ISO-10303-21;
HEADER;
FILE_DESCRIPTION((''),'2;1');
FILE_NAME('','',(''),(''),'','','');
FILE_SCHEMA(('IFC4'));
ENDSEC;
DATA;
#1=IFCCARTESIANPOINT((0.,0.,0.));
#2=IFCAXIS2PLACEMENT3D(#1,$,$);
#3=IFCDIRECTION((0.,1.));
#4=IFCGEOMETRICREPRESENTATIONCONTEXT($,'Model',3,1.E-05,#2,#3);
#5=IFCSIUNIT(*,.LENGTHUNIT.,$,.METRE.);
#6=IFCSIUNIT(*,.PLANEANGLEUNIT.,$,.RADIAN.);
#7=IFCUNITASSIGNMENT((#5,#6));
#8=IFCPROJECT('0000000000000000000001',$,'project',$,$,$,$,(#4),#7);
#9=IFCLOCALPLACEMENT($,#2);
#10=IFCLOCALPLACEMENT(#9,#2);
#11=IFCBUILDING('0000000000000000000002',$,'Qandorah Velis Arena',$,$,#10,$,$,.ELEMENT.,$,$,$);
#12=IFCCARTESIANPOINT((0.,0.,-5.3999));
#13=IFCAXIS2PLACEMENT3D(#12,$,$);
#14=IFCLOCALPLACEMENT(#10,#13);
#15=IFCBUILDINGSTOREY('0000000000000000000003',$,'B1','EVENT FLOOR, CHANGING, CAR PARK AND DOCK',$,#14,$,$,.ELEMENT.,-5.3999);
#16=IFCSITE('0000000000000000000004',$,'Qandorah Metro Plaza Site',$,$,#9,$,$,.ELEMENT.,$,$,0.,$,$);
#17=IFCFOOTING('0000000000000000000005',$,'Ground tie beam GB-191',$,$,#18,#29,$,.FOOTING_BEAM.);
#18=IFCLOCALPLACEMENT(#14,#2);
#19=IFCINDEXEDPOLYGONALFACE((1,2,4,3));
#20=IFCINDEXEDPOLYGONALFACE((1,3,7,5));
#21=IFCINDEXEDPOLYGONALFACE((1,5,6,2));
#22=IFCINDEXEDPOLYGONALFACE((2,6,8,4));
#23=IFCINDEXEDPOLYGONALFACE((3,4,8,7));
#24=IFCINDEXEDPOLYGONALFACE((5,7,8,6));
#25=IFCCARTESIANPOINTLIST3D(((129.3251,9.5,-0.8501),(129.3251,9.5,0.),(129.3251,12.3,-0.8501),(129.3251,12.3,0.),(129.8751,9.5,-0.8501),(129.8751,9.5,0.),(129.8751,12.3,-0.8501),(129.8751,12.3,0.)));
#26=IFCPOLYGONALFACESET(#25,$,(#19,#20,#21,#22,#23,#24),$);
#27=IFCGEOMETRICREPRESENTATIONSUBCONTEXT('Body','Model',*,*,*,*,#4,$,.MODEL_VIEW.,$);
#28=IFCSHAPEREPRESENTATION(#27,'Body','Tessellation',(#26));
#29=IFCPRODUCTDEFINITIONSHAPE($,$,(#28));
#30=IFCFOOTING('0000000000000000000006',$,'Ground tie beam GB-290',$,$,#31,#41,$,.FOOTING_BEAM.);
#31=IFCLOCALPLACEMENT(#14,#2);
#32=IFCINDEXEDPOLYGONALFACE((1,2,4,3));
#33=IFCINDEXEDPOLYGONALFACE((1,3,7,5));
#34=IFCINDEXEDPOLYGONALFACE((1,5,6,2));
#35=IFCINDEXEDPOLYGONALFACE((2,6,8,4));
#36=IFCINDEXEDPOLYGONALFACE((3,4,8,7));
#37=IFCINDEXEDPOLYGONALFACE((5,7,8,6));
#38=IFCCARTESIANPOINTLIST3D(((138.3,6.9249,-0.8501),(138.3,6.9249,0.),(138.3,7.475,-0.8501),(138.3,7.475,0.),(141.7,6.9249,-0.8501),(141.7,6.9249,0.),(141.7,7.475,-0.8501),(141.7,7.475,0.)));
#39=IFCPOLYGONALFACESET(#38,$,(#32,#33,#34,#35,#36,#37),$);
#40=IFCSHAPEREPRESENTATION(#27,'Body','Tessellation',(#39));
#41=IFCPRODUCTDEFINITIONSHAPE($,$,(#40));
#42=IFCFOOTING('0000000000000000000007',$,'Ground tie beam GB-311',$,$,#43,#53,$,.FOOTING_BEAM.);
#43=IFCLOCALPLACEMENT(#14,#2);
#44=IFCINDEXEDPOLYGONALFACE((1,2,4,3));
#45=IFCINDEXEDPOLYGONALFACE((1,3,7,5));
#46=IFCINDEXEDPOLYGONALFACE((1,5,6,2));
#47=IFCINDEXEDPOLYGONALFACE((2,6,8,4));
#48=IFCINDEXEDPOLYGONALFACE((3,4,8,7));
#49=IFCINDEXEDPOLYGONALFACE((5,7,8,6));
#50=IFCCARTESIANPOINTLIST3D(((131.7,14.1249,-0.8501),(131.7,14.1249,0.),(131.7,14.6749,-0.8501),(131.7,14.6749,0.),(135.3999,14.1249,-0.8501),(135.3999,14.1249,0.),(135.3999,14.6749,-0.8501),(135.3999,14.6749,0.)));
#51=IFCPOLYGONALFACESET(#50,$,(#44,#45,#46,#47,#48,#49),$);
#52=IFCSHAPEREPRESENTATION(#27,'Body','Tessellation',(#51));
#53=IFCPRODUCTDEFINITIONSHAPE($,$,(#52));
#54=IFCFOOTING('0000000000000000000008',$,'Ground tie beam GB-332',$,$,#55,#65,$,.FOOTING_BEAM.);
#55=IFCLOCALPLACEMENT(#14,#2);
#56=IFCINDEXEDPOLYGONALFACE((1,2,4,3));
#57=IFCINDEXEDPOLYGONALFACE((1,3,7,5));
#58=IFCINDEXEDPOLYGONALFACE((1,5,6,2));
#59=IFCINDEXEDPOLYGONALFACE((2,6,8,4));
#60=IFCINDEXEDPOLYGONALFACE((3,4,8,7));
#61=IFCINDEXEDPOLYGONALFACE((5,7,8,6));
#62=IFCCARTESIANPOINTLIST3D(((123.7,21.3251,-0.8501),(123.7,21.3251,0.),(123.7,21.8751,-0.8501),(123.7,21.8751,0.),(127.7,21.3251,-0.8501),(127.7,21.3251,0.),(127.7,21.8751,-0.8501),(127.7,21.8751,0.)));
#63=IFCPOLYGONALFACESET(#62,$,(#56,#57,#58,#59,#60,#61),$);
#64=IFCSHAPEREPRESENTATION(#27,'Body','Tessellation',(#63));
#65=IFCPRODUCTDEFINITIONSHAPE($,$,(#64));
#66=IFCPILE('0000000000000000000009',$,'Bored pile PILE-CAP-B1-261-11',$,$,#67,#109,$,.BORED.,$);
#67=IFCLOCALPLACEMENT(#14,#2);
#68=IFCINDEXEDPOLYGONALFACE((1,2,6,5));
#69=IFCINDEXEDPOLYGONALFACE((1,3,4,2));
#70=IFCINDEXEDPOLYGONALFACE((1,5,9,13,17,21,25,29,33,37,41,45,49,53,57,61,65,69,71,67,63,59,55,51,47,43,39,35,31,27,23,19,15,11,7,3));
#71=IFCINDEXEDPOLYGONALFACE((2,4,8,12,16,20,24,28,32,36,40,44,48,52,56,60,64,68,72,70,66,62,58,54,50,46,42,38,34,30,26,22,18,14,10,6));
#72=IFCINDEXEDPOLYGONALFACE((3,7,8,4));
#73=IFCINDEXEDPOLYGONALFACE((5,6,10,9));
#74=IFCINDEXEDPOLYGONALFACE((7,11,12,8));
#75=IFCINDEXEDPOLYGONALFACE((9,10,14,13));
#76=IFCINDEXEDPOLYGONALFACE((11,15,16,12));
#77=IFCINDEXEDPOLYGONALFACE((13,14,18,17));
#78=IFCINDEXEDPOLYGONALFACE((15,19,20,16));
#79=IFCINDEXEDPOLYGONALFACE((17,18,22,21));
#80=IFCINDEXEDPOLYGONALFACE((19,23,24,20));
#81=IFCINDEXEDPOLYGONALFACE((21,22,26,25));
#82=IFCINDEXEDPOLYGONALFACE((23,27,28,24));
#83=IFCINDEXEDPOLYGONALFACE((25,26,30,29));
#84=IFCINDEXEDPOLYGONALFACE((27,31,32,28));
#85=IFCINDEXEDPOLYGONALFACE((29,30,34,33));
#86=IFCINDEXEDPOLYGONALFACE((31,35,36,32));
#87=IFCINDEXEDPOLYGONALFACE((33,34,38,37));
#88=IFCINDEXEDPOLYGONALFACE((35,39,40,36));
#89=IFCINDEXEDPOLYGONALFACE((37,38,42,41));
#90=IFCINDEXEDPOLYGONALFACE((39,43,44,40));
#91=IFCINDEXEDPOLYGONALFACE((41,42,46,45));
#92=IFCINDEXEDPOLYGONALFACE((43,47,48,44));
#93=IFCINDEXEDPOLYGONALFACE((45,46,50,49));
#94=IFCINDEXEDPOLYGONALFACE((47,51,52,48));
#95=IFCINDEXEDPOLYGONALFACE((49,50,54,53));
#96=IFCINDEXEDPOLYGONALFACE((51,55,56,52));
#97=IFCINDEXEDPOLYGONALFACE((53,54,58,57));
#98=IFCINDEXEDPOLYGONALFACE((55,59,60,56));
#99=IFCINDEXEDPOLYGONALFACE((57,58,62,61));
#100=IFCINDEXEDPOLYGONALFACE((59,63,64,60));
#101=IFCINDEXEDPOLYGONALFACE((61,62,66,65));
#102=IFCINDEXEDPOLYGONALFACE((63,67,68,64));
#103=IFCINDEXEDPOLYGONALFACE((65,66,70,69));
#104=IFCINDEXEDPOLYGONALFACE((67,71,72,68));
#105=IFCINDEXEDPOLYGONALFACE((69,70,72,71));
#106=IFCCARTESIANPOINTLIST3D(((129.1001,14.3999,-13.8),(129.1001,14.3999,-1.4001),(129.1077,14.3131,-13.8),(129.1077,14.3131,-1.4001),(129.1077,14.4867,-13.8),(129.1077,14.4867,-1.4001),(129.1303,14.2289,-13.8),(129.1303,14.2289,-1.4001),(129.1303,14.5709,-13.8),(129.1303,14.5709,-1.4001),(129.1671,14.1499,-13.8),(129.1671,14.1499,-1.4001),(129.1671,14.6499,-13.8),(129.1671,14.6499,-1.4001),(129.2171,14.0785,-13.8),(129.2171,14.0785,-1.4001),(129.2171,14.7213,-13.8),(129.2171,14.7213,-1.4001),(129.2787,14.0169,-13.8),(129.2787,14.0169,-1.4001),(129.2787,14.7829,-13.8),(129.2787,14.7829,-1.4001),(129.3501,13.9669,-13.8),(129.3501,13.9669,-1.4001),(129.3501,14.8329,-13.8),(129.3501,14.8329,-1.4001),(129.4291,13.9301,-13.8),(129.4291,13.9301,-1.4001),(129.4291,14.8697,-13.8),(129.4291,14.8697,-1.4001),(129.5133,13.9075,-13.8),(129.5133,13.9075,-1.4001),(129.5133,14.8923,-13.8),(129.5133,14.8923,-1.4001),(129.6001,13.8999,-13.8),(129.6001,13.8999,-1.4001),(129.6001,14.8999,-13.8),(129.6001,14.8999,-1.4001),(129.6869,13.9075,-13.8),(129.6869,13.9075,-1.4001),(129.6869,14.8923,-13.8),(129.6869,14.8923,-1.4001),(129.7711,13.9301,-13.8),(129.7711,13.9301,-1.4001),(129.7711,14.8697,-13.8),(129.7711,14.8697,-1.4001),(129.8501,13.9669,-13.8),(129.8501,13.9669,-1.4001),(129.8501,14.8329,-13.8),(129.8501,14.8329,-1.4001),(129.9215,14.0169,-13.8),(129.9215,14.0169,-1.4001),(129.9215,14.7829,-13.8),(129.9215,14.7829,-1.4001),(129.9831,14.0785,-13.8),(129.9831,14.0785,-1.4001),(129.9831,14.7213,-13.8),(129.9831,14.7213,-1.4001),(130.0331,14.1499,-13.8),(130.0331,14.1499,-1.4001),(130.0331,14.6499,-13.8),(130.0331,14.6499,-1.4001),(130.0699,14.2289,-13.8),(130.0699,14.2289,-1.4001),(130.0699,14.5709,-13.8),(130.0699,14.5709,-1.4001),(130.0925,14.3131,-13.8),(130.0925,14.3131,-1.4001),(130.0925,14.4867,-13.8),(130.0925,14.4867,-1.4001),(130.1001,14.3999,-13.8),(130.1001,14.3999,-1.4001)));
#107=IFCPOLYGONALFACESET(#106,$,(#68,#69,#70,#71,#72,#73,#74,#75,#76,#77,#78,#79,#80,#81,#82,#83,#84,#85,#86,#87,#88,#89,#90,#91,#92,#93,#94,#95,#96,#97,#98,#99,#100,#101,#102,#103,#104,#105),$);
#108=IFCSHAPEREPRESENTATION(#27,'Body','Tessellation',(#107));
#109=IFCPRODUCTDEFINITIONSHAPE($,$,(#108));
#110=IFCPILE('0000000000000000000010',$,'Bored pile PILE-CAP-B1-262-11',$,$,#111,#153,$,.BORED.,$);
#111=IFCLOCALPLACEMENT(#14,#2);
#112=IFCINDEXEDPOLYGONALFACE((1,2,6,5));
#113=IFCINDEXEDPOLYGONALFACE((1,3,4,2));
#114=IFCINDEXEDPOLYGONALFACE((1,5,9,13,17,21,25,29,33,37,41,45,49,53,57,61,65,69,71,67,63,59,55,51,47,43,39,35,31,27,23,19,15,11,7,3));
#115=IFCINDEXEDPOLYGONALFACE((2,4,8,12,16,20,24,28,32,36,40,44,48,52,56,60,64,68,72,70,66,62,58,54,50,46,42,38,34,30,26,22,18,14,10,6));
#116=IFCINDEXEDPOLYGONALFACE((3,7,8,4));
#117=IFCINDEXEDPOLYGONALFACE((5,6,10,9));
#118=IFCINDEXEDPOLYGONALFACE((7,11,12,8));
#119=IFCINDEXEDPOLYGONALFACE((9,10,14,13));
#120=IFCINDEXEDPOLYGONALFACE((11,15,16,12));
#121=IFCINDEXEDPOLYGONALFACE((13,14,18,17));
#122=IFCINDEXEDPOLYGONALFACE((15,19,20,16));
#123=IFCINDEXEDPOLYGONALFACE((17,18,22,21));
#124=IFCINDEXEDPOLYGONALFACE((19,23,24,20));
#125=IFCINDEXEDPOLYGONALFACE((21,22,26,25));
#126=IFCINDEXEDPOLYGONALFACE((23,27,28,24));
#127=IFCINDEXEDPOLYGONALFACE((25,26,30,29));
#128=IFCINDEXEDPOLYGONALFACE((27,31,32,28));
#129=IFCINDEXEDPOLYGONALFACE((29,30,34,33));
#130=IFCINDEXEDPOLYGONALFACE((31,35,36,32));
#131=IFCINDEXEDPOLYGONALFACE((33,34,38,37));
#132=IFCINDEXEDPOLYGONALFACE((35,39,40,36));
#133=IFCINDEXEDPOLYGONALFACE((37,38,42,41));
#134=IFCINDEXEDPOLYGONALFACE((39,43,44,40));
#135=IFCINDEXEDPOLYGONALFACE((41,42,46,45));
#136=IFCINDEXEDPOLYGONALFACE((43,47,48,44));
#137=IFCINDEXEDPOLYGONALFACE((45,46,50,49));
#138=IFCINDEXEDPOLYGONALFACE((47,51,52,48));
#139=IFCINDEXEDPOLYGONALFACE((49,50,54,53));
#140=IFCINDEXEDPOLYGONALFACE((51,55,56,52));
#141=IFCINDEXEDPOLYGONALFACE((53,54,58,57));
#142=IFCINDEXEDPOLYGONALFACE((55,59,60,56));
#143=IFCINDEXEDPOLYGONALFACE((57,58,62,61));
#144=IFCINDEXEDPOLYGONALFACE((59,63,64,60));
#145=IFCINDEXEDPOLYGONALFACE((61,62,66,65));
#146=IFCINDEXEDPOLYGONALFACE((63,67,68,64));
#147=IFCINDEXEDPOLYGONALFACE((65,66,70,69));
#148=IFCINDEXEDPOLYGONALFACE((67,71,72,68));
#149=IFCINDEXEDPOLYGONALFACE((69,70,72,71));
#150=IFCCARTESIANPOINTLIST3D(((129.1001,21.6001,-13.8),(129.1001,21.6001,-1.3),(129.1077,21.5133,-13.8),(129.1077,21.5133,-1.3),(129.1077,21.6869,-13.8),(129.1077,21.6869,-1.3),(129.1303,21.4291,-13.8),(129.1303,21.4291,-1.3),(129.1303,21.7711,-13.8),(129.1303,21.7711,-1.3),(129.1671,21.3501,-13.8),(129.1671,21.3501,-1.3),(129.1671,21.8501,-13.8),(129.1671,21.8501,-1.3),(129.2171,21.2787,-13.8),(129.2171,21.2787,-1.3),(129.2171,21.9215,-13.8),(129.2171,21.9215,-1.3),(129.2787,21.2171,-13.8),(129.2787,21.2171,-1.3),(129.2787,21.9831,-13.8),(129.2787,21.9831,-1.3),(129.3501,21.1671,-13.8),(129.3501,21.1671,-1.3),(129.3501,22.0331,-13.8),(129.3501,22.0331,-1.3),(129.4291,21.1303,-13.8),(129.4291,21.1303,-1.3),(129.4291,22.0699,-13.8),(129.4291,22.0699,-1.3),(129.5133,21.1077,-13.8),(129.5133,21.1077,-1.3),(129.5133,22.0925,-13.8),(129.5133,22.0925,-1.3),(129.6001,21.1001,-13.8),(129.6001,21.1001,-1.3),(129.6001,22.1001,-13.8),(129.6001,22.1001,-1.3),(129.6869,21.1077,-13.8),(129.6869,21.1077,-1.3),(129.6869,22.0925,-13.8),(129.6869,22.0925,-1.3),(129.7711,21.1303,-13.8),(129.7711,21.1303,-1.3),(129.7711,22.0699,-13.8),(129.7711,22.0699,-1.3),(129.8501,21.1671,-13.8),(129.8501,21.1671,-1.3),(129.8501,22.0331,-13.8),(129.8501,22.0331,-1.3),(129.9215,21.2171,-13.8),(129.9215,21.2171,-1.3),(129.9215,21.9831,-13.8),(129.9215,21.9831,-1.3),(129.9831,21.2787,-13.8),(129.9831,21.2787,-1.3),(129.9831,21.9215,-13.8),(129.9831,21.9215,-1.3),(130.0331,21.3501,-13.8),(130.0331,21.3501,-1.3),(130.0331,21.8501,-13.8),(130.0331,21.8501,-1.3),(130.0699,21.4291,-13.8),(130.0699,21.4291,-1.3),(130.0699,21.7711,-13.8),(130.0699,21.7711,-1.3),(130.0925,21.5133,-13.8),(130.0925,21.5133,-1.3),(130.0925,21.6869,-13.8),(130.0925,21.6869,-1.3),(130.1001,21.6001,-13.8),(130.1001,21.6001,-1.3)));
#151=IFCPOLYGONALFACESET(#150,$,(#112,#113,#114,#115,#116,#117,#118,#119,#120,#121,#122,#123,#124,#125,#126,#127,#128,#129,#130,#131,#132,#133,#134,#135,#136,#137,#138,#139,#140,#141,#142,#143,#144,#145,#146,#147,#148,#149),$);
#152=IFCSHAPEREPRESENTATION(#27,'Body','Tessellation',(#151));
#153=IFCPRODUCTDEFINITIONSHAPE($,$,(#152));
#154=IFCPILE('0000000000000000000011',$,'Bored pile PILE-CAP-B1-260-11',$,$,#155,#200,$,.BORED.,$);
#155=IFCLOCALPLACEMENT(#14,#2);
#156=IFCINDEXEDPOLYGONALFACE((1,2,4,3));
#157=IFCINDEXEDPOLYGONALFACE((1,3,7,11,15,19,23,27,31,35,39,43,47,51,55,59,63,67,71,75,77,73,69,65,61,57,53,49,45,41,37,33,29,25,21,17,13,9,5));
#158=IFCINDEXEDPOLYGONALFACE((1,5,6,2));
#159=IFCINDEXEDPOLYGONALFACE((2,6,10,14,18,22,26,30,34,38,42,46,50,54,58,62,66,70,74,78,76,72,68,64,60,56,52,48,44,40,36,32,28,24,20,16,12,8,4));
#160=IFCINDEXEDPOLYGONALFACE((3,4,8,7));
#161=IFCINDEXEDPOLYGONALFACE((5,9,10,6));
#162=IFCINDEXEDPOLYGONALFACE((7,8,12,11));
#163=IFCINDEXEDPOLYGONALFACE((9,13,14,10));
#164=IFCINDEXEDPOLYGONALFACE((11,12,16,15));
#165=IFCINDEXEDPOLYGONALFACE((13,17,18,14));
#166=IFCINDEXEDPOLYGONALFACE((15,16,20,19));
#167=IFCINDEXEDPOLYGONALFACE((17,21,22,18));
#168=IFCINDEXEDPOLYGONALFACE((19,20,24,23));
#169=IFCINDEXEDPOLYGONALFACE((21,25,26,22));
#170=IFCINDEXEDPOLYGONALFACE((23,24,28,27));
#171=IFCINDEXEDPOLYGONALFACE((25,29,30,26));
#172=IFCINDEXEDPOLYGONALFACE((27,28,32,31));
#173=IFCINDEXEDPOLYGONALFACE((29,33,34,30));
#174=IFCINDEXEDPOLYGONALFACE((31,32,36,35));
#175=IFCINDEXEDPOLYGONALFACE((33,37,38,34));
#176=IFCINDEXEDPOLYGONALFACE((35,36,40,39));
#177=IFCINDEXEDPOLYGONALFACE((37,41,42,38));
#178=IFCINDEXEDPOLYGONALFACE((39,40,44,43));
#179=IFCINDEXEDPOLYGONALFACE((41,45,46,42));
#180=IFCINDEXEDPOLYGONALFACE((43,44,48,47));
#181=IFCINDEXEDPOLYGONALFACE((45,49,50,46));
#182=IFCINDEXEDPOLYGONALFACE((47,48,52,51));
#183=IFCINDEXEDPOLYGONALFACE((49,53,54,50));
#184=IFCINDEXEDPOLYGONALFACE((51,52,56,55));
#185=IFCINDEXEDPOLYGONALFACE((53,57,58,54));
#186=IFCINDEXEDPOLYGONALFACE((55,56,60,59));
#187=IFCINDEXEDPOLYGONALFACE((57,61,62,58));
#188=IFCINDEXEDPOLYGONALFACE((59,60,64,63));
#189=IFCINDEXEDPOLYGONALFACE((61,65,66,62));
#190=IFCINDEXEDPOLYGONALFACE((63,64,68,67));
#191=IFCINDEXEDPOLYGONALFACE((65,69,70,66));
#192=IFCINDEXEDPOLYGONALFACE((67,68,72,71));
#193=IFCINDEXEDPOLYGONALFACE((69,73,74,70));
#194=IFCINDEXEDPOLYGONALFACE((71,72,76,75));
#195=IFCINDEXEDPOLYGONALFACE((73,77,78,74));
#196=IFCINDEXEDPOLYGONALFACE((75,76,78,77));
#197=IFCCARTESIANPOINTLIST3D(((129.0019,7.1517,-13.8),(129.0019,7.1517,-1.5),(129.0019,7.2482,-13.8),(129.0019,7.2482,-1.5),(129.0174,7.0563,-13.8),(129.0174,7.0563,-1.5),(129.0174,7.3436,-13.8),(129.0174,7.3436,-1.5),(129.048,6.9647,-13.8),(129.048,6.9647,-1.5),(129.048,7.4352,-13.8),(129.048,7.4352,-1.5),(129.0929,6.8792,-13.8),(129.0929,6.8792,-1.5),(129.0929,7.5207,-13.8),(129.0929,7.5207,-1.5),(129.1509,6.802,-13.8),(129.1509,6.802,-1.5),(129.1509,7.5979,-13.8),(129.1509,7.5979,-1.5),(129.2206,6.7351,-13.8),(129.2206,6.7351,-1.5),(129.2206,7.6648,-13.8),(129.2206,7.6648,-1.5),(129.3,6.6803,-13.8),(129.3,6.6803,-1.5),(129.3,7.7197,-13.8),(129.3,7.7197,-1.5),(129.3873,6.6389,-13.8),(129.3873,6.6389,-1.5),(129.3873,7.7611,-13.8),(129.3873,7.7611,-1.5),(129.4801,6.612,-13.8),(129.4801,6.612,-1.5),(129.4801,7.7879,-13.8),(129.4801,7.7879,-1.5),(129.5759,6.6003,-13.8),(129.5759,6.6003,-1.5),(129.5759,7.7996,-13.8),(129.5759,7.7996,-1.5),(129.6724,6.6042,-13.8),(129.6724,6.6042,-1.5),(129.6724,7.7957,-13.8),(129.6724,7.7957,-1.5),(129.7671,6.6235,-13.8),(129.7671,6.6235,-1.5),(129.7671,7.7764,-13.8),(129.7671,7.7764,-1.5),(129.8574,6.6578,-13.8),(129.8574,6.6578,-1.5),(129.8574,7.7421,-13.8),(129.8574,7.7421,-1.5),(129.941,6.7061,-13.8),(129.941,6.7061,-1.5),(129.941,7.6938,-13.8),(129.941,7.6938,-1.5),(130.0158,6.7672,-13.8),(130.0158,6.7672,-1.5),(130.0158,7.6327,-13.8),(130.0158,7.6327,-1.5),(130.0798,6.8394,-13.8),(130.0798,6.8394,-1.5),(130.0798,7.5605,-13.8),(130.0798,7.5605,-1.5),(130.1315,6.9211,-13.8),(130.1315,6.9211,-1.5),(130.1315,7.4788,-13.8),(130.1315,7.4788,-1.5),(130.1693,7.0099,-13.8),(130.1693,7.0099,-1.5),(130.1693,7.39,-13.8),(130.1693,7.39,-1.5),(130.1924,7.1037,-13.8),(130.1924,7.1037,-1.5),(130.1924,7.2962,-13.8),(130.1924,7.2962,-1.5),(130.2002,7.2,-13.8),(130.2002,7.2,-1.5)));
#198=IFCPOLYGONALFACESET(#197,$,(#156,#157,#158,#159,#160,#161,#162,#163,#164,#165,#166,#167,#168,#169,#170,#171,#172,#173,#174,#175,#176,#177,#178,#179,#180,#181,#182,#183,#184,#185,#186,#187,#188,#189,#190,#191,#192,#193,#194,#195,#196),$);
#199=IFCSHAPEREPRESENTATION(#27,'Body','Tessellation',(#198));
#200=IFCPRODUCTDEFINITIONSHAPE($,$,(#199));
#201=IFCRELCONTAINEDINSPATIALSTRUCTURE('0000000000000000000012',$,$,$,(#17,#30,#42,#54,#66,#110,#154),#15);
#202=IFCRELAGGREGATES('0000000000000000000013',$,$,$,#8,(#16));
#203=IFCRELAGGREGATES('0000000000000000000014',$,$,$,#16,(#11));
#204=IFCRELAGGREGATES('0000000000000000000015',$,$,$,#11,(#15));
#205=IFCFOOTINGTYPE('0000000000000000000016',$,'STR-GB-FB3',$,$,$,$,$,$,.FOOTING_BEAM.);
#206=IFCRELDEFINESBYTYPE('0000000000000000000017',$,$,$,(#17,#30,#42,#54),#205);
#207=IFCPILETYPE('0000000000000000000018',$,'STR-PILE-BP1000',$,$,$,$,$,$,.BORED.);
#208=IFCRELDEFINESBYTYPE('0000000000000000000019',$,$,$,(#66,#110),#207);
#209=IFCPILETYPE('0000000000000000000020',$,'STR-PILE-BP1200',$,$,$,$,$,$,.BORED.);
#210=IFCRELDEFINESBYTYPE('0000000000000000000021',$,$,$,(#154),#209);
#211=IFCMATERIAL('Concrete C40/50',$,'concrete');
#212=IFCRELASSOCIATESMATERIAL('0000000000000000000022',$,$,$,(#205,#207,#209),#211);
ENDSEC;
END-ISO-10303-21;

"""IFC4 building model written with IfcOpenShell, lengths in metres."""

from ifc_helpers import new_model, si_unit, direction, frame, origin, origin_2d, place, context, subcontext, project, spatial, rectangle, circle, extrude, material, material_profile, profile_set, type_object, element, save


model = new_model("IFC4")

# Units and contexts
model_context = context("Model", 3, precision=1e-05, world=origin(), true_north=direction((0.0, 1.0)))
body_context = subcontext(model_context, "Body", "Model", "MODEL_VIEW")
ifc_project = project(units=[si_unit("LENGTHUNIT", "METRE"), si_unit("PLANEANGLEUNIT", "RADIAN")], contexts=[model_context])

# Site, building, storey
site_placement = place(None, origin())
site = spatial("IfcSite", under=ifc_project, at=site_placement, Name="Qandorah Metro Plaza Site", CompositionType="ELEMENT", RefElevation=0.0)
building_placement = place(site_placement, origin())
building = spatial("IfcBuilding", under=site, at=building_placement, Name="Qandorah Velis Arena", CompositionType="ELEMENT")
storey_placement = place(building_placement, frame((0.0, 0.0, -5.3999)))
storey = spatial("IfcBuildingStorey", under=building, at=storey_placement, Name="B1", Description="EVENT FLOOR, CHANGING, CAR PARK AND DOCK", CompositionType="ELEMENT", Elevation=-5.3999)

# Footings
ifc_material_1 = material(Name="Concrete C40/50", Category="concrete")
ifc_material_profile_1 = material_profile(ifc_material_1, rectangle(XDim=0.55, YDim=0.8501, at=origin_2d()), Name="GB3 550x850")
ifc_profile_set_1 = profile_set([ifc_material_profile_1], Name="Concrete C40/50")
footing_type_1 = type_object("IfcFootingType", Name="STR-GB-FB3", PredefinedType="FOOTING_BEAM", material=ifc_profile_set_1)
footing_1_placement = place(storey_placement, frame((129.6001, 9.5, -0.425), z_axis=(0.0, 1.0, 0.0), x_axis=(-1.0, 0.0, 0.0)))
element("IfcFooting", 1, at=footing_1_placement, inside=storey, type_object=footing_type_1, Name="Ground tie beam GB-191", PredefinedType="FOOTING_BEAM", context=body_context, shape_type="SweptSolid", body=[
    extrude(rectangle(XDim=0.55, YDim=0.8501, at=origin_2d()), origin(), (0.0, 0.0, 1.0), 2.8),
])
footing_2_placement = place(storey_placement, frame((138.3, 7.2, -0.425), z_axis=(1.0, 0.0, 0.0), x_axis=(0.0, 1.0, 0.0)))
element("IfcFooting", 2, at=footing_2_placement, inside=storey, type_object=footing_type_1, Name="Ground tie beam GB-290", PredefinedType="FOOTING_BEAM", context=body_context, shape_type="SweptSolid", body=[
    extrude(rectangle(XDim=0.55, YDim=0.8501, at=origin_2d()), origin(), (0.0, 0.0, 1.0), 3.3999),
])
footing_3_placement = place(storey_placement, frame((131.7, 14.3999, -0.425), z_axis=(1.0, 0.0, 0.0), x_axis=(0.0, 1.0, 0.0)))
element("IfcFooting", 3, at=footing_3_placement, inside=storey, type_object=footing_type_1, Name="Ground tie beam GB-311", PredefinedType="FOOTING_BEAM", context=body_context, shape_type="SweptSolid", body=[
    extrude(rectangle(XDim=0.55, YDim=0.8501, at=origin_2d()), origin(), (0.0, 0.0, 1.0), 3.7),
])
footing_4_placement = place(storey_placement, frame((123.7, 21.6001, -0.425), z_axis=(1.0, 0.0, 0.0), x_axis=(0.0, 1.0, 0.0)))
element("IfcFooting", 4, at=footing_4_placement, inside=storey, type_object=footing_type_1, Name="Ground tie beam GB-332", PredefinedType="FOOTING_BEAM", context=body_context, shape_type="SweptSolid", body=[
    extrude(rectangle(XDim=0.55, YDim=0.8501, at=origin_2d()), origin(), (0.0, 0.0, 1.0), 4.0),
])

# Piles
ifc_material_profile_2 = material_profile(ifc_material_1, circle(Radius=0.5, at=origin_2d()), Name="BORED PILE D1000")
ifc_profile_set_2 = profile_set([ifc_material_profile_2], Name="Concrete C40/50")
pile_type_1 = type_object("IfcPileType", Name="STR-PILE-BP1000", PredefinedType="BORED", material=ifc_profile_set_2)
pile_1_placement = place(storey_placement, frame((129.6001, 14.3999, -1.4001), z_axis=(0.0, 0.0, -1.0), x_axis=(1.0, 0.0, 0.0)))
element("IfcPile", 5, at=pile_1_placement, inside=storey, type_object=pile_type_1, Name="Bored pile PILE-CAP-B1-261-11", PredefinedType="BORED", context=body_context, shape_type="SweptSolid", body=[
    extrude(circle(Radius=0.5, at=origin_2d()), origin(), (0.0, 0.0, 1.0), 12.3999),
])
pile_2_placement = place(storey_placement, frame((129.6001, 21.6001, -1.3), z_axis=(0.0, 0.0, -1.0), x_axis=(1.0, 0.0, 0.0)))
element("IfcPile", 6, at=pile_2_placement, inside=storey, type_object=pile_type_1, Name="Bored pile PILE-CAP-B1-262-11", PredefinedType="BORED", context=body_context, shape_type="SweptSolid", body=[
    extrude(circle(Radius=0.5, at=origin_2d()), origin(), (0.0, 0.0, 1.0), 12.5),
])
ifc_material_profile_3 = material_profile(ifc_material_1, circle(Radius=0.6001, at=origin_2d()), Name="BORED PILE D1200")
ifc_profile_set_3 = profile_set([ifc_material_profile_3], Name="Concrete C40/50")
pile_type_2 = type_object("IfcPileType", Name="STR-PILE-BP1200", PredefinedType="BORED", material=ifc_profile_set_3)
pile_3_placement = place(storey_placement, frame((129.6001, 7.2, -1.5), z_axis=(0.0, 0.0, -1.0), x_axis=(1.0, 0.0, 0.0)))
element("IfcPile", 7, at=pile_3_placement, inside=storey, type_object=pile_type_2, Name="Bored pile PILE-CAP-B1-260-11", PredefinedType="BORED", context=body_context, shape_type="SweptSolid", body=[
    extrude(circle(Radius=0.6001, at=origin_2d()), origin(), (0.0, 0.0, 1.0), 12.3),
])

save(model, "model.ifc")
